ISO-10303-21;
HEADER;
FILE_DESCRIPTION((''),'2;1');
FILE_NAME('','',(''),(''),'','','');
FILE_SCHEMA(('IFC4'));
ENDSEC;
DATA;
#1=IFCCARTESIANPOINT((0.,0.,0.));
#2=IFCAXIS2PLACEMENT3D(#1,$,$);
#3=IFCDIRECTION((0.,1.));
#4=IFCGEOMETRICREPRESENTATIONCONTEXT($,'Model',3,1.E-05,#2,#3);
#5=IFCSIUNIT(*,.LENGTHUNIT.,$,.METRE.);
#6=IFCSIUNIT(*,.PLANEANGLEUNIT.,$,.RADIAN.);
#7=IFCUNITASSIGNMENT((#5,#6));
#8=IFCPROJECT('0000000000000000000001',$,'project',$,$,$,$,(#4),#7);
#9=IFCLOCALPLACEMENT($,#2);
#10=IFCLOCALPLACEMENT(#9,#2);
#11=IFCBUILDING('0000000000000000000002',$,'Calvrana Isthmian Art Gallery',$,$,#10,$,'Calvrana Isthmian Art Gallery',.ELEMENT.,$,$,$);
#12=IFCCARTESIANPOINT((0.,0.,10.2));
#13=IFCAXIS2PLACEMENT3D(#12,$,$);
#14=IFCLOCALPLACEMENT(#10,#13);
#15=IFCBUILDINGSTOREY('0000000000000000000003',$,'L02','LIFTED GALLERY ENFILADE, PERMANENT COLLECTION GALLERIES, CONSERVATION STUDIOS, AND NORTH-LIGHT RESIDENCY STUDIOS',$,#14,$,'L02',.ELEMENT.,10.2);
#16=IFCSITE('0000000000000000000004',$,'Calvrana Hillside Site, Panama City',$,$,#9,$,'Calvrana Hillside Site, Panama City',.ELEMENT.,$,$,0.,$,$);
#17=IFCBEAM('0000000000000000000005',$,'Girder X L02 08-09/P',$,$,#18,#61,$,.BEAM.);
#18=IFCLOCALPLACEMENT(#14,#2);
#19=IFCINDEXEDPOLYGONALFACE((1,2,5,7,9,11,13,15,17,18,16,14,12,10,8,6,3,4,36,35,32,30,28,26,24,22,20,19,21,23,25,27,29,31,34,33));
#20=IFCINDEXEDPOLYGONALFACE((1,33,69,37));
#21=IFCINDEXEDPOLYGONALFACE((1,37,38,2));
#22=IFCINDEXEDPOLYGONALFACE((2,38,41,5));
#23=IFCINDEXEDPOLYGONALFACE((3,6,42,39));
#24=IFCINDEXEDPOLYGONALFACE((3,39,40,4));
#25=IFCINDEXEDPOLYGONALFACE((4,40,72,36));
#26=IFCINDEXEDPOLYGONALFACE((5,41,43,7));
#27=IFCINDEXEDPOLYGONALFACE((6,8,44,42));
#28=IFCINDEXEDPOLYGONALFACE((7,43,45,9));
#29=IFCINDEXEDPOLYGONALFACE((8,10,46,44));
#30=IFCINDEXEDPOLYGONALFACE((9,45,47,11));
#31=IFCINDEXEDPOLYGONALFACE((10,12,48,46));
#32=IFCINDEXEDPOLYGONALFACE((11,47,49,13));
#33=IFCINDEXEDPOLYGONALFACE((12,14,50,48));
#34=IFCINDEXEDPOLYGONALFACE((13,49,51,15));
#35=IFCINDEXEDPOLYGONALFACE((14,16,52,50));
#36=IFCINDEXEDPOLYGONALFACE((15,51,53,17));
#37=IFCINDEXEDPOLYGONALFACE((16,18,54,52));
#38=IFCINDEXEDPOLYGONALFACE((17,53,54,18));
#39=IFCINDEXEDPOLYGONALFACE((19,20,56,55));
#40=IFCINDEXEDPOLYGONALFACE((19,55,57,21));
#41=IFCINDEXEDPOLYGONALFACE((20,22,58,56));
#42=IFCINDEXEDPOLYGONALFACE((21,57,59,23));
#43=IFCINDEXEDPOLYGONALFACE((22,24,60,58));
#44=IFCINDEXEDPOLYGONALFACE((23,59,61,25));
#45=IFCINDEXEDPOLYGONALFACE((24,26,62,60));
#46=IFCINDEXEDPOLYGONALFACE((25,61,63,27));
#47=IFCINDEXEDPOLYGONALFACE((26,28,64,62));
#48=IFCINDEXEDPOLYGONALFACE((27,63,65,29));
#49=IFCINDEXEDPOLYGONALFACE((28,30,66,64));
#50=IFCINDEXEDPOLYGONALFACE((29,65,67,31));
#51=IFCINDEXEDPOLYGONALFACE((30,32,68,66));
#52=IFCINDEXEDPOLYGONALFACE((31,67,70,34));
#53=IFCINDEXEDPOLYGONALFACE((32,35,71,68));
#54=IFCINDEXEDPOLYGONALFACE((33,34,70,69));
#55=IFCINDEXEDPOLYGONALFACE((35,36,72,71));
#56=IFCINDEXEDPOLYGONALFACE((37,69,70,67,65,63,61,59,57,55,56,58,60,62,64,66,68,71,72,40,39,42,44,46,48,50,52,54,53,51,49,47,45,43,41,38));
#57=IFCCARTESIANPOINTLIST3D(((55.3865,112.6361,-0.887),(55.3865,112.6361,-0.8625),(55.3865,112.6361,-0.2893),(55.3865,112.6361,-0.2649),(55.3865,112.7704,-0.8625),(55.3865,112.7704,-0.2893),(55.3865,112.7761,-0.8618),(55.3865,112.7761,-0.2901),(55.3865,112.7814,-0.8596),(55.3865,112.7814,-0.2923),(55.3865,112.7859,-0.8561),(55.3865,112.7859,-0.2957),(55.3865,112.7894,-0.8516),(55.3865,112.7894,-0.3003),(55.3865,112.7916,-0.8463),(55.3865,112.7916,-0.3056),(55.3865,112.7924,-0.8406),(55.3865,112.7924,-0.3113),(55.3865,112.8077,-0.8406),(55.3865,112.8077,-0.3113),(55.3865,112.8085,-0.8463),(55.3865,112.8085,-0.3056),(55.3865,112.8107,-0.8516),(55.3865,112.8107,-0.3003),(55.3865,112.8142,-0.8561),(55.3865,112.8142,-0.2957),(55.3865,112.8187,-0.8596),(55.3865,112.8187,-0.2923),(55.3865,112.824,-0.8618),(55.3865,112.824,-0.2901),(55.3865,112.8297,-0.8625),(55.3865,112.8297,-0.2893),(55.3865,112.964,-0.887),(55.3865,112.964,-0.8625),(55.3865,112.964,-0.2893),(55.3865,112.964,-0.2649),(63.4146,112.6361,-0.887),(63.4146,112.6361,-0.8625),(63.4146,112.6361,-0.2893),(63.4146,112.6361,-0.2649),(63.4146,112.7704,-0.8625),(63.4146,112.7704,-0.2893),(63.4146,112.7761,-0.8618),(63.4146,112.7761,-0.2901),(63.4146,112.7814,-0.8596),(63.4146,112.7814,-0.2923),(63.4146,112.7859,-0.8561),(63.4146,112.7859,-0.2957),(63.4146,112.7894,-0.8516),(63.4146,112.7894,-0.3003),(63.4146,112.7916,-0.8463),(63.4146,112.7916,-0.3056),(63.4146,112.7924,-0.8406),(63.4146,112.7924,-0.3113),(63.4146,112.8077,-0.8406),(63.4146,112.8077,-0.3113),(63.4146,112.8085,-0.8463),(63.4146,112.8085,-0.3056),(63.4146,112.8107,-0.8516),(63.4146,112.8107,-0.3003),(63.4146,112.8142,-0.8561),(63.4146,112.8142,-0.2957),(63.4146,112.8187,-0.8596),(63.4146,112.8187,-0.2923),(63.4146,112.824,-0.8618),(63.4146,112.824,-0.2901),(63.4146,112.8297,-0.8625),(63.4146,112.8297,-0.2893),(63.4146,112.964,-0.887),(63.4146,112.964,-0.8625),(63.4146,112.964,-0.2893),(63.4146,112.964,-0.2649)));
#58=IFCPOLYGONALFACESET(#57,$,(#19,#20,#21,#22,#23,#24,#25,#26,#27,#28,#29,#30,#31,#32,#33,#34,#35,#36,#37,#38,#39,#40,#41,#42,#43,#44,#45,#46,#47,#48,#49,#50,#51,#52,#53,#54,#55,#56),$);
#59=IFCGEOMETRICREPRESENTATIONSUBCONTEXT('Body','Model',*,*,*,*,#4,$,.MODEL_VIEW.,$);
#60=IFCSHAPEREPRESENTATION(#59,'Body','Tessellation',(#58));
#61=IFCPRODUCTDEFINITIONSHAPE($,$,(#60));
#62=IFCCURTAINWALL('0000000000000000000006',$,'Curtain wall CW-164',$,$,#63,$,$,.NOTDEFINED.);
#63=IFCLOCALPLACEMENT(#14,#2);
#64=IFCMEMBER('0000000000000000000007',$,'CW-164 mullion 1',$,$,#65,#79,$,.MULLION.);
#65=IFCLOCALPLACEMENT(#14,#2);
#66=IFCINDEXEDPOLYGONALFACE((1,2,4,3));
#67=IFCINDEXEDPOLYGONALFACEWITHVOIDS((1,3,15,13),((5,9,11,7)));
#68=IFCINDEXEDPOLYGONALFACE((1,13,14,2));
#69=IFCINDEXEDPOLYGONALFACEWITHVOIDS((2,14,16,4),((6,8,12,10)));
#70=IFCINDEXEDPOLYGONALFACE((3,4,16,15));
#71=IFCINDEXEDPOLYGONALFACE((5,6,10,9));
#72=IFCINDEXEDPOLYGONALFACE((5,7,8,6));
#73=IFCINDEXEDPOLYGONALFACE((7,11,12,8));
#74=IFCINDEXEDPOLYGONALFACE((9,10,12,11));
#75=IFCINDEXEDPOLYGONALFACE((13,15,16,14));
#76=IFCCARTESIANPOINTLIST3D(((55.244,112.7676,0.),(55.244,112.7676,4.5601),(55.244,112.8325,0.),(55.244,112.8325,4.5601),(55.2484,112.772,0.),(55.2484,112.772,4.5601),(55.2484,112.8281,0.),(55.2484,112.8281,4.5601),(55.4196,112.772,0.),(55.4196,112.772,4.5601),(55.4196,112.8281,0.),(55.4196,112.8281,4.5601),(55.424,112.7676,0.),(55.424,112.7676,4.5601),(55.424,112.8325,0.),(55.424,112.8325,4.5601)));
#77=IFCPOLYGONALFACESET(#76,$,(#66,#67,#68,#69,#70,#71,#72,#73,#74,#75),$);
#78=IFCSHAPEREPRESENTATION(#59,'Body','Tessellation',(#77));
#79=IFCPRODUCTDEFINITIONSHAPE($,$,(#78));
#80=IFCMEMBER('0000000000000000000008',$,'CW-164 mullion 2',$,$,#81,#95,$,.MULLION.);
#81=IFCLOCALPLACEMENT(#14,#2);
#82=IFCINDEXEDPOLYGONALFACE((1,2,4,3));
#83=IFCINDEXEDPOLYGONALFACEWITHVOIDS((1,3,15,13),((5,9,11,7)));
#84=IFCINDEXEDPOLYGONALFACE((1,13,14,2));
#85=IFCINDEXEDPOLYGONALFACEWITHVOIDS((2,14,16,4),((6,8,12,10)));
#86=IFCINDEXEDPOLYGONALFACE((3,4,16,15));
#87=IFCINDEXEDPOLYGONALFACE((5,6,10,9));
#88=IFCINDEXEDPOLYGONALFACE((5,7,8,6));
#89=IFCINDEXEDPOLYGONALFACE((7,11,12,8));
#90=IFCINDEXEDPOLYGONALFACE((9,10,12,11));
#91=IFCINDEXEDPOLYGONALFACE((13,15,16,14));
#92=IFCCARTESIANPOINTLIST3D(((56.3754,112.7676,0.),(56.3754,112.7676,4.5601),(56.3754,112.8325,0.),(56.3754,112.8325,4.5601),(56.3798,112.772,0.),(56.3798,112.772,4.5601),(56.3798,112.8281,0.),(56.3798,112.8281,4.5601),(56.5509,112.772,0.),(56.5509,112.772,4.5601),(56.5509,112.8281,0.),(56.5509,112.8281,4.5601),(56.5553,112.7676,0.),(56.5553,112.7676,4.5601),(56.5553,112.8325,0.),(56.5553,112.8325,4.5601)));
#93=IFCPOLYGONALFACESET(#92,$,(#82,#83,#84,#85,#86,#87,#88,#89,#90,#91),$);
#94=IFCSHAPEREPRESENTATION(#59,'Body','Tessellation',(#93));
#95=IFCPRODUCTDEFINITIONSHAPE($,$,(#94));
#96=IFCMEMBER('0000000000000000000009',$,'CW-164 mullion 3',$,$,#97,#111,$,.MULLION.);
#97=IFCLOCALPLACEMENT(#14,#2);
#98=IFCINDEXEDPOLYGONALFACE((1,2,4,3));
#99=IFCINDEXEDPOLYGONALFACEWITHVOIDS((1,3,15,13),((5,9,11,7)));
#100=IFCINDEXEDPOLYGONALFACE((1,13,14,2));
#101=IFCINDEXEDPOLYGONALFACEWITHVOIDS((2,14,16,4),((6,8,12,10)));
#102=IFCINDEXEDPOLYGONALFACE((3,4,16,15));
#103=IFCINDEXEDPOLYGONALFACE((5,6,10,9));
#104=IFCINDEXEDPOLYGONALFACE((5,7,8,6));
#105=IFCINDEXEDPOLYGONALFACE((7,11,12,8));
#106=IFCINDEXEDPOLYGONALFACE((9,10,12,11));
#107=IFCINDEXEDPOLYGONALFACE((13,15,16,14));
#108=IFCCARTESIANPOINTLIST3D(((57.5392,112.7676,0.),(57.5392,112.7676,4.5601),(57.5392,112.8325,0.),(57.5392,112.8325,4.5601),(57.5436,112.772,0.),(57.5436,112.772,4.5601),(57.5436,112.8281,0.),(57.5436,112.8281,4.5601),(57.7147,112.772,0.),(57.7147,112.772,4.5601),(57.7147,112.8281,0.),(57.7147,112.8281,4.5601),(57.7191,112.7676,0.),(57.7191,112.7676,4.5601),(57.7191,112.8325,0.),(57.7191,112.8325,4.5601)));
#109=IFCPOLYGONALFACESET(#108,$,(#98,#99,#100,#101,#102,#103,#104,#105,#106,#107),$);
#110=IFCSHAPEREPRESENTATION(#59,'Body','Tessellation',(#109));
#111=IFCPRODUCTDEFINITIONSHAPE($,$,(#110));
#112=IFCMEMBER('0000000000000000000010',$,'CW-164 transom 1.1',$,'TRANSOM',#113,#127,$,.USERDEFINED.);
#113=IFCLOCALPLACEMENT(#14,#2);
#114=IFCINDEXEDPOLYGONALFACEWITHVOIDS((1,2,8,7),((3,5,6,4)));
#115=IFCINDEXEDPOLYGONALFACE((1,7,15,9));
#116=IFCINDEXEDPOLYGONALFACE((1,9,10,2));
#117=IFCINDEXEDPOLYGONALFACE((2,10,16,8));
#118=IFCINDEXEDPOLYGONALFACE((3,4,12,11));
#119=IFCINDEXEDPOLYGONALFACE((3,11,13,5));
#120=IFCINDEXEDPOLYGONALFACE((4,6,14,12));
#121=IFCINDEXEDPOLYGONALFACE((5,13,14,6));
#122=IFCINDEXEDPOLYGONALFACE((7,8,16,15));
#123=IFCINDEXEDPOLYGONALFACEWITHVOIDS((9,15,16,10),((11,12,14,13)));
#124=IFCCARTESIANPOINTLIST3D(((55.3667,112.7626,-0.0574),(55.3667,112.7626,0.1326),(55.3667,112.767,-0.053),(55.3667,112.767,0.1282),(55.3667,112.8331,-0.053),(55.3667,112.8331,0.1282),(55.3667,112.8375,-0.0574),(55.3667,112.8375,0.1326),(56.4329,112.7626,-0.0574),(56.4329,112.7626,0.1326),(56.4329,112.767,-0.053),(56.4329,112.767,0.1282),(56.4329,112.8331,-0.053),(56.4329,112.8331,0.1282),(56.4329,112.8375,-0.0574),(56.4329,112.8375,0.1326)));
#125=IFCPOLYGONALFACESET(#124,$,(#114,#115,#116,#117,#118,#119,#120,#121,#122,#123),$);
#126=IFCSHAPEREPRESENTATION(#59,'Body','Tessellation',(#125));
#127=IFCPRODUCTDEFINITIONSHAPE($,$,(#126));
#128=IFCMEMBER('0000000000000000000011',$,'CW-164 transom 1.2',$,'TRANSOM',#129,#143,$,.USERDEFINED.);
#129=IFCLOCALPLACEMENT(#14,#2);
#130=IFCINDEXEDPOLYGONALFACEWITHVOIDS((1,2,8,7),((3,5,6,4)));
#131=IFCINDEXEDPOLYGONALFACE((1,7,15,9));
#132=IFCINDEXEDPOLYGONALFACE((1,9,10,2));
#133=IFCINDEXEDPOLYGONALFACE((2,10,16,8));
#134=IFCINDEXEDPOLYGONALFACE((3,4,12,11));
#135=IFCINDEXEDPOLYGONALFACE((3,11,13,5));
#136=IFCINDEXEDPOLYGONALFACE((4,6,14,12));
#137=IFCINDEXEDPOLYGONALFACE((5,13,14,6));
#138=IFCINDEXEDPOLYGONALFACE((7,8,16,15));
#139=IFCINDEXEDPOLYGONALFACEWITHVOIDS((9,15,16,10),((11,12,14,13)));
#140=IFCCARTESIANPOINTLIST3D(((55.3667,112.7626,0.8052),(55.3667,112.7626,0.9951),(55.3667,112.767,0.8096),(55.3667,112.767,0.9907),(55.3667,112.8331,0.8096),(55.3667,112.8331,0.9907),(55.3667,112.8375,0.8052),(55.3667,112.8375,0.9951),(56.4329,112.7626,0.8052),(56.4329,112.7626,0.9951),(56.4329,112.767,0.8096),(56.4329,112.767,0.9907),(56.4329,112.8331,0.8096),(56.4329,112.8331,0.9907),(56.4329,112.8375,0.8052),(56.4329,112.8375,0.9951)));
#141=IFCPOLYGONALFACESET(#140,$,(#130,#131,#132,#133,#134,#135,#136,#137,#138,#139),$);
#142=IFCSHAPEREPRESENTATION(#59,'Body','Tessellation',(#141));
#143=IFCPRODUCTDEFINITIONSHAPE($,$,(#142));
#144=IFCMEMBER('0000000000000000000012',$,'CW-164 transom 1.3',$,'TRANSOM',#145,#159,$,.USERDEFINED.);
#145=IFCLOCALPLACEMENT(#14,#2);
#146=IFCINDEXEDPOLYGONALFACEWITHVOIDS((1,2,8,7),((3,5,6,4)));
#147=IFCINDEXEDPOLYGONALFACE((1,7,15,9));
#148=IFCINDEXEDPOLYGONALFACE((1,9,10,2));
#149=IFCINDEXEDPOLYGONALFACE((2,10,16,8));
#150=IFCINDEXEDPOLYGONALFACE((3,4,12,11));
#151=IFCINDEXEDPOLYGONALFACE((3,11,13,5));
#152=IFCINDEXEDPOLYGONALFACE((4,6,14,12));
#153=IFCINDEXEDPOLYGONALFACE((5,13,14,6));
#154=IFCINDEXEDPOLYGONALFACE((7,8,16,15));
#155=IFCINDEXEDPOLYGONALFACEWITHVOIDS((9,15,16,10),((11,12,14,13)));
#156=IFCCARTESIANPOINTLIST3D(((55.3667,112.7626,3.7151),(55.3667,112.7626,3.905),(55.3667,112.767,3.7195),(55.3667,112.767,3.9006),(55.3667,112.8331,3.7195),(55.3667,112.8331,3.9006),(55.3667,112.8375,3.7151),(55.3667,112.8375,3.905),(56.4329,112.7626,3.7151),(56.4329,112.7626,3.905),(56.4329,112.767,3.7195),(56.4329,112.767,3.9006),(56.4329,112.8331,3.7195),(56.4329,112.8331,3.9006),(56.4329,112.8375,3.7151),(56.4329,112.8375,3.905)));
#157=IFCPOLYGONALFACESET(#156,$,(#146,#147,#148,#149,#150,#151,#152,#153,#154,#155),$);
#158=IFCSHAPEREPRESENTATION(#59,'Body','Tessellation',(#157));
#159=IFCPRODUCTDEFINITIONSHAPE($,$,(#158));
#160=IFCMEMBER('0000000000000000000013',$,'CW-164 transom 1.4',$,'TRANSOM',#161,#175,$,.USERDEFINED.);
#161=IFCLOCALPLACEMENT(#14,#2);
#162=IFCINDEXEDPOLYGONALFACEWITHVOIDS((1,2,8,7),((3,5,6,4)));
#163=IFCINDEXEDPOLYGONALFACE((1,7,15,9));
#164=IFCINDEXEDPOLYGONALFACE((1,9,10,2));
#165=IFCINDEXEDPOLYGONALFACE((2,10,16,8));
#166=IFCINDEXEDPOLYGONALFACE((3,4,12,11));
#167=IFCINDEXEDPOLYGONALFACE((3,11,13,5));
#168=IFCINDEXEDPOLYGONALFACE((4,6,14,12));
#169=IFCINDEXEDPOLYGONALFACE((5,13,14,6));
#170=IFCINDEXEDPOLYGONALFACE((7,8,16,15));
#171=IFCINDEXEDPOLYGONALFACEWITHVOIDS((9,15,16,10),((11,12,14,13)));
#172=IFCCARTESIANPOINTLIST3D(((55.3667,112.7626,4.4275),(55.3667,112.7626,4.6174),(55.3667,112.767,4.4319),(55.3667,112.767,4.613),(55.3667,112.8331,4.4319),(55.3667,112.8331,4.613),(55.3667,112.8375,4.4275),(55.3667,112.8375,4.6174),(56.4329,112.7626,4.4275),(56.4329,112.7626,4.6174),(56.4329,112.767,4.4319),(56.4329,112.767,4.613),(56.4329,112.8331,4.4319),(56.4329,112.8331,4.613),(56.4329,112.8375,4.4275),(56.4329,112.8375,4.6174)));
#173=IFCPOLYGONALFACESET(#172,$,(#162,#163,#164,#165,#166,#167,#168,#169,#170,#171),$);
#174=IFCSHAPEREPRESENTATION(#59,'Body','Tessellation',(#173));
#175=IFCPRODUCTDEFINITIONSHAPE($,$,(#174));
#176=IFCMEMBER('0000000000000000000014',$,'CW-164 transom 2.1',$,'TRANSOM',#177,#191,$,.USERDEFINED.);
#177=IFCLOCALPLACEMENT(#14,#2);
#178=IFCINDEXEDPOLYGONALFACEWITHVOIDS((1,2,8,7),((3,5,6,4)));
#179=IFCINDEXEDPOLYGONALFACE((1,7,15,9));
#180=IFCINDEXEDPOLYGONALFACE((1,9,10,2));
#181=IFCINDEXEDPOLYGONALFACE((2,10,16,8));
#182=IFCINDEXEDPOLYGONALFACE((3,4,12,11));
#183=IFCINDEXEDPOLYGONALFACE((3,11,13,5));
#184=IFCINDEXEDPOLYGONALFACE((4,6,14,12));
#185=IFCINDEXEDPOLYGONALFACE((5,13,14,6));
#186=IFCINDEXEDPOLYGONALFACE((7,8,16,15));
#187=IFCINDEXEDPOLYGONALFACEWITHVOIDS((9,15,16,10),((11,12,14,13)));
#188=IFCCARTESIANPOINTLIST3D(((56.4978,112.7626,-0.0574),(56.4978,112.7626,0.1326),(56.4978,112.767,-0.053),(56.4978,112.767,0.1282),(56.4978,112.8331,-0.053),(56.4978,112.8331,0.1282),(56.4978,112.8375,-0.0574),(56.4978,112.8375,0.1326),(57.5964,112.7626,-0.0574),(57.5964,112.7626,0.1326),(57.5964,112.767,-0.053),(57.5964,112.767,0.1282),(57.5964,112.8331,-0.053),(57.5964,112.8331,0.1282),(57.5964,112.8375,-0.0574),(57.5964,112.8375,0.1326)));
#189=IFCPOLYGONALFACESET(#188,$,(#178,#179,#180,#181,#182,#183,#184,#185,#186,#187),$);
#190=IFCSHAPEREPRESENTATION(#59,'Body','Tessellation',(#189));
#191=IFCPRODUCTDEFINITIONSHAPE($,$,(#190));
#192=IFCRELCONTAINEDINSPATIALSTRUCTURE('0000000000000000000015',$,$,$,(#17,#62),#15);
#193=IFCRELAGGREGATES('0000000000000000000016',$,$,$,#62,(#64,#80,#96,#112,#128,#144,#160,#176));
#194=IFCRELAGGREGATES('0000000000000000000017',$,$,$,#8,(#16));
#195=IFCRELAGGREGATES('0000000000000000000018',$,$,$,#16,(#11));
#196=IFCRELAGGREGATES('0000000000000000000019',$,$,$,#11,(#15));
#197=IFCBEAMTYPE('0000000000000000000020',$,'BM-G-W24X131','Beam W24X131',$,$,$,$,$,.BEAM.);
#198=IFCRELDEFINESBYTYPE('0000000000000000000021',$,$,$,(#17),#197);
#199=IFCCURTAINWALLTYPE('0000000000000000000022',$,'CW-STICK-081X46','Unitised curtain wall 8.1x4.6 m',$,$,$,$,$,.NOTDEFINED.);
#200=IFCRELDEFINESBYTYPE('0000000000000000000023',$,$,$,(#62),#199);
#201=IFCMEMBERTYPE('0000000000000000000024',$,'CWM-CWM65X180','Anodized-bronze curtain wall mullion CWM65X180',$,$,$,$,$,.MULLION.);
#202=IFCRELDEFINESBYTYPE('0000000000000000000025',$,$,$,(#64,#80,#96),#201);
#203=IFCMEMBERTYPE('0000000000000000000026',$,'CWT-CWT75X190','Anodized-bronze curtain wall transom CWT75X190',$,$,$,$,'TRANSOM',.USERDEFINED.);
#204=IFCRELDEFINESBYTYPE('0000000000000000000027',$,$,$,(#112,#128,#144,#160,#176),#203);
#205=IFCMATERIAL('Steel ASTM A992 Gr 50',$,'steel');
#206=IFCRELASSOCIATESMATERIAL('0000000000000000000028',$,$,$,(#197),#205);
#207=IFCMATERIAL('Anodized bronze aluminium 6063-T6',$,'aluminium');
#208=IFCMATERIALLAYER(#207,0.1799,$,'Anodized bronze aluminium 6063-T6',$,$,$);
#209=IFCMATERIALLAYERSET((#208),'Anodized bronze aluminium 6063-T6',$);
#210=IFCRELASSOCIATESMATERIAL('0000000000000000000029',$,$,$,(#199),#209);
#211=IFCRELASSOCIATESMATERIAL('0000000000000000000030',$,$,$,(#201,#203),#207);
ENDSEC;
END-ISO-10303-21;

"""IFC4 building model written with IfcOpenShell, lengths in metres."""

from ifc_helpers import new_model, si_unit, direction, frame, origin, origin_2d, place, context, subcontext, project, spatial, hollow_rectangle, i_section, extrude, material, layer, layer_set, material_profile, profile_set, type_object, element, aggregate, save


model = new_model("IFC4")

# Units and contexts
model_context = context("Model", 3, precision=1e-05, world=origin(), true_north=direction((0.0, 1.0)))
body_context = subcontext(model_context, "Body", "Model", "MODEL_VIEW")
ifc_project = project(units=[si_unit("LENGTHUNIT", "METRE"), si_unit("PLANEANGLEUNIT", "RADIAN")], contexts=[model_context])

# Site, building, storey
site_placement = place(None, origin())
site = spatial("IfcSite", under=ifc_project, at=site_placement, Name="Calvrana Hillside Site, Panama City", LongName="Calvrana Hillside Site, Panama City", CompositionType="ELEMENT", RefElevation=0.0)
building_placement = place(site_placement, origin())
building = spatial("IfcBuilding", under=site, at=building_placement, Name="Calvrana Isthmian Art Gallery", LongName="Calvrana Isthmian Art Gallery", CompositionType="ELEMENT")
storey_placement = place(building_placement, frame((0.0, 0.0, 10.2)))
storey = spatial("IfcBuildingStorey", under=building, at=storey_placement, Name="L02", Description="LIFTED GALLERY ENFILADE, PERMANENT COLLECTION GALLERIES, CONSERVATION STUDIOS, AND NORTH-LIGHT RESIDENCY STUDIOS", LongName="L02", CompositionType="ELEMENT", Elevation=10.2)

# Beam
ifc_material_1 = material(Name="Steel ASTM A992 Gr 50", Category="steel")
ifc_material_profile_1 = material_profile(ifc_material_1, i_section(OverallWidth=0.3279, OverallDepth=0.6221, WebThickness=0.0154, FlangeThickness=0.0244, FilletRadius=0.022, at=origin_2d()), Name="W24X131")
ifc_profile_set_1 = profile_set([ifc_material_profile_1], Name="Steel ASTM A992 Gr 50")
beam_type = type_object("IfcBeamType", Name="BM-G-W24X131", Description="Beam W24X131", PredefinedType="BEAM", material=ifc_profile_set_1)
beam_placement = place(storey_placement, frame((55.3865, 112.8, -0.5759), z_axis=(1.0, 0.0, 0.0), x_axis=(0.0, 1.0, 0.0)))
element("IfcBeam", 1, at=beam_placement, inside=storey, type_object=beam_type, Name="Girder X L02 08-09/P", PredefinedType="BEAM", context=body_context, shape_type="SweptSolid", body=[
    extrude(i_section(OverallWidth=0.3279, OverallDepth=0.6221, WebThickness=0.0154, FlangeThickness=0.0244, FilletRadius=0.022, at=origin_2d()), origin(), (0.0, 0.0, 1.0), 8.0281),
])

# Curtain wall, members
ifc_material_2 = material(Name="Anodized bronze aluminium 6063-T6", Category="aluminium")
ifc_layer_1 = layer(ifc_material_2, 0.1799, Name="Anodized bronze aluminium 6063-T6")
ifc_layer_set_1 = layer_set([ifc_layer_1], Name="Anodized bronze aluminium 6063-T6")
curtain_wall_type = type_object("IfcCurtainWallType", Name="CW-STICK-081X46", Description="Unitised curtain wall 8.1x4.6 m", PredefinedType="NOTDEFINED", material=ifc_layer_set_1)
curtain_wall_placement = place(storey_placement, origin())
curtain_wall = element("IfcCurtainWall", 2, at=curtain_wall_placement, inside=storey, type_object=curtain_wall_type, Name="Curtain wall CW-164", PredefinedType="NOTDEFINED")
ifc_material_profile_2 = material_profile(ifc_material_2, hollow_rectangle(XDim=0.0649, YDim=0.1799, WallThickness=0.0044, at=origin_2d()), Name="CWM65X180")
ifc_profile_set_2 = profile_set([ifc_material_profile_2], Name="Anodized bronze aluminium 6063-T6")
member_type_1 = type_object("IfcMemberType", Name="CWM-CWM65X180", Description="Anodized-bronze curtain wall mullion CWM65X180", PredefinedType="MULLION", material=ifc_profile_set_2)
member_1_placement = place(storey_placement, frame((55.334, 112.8, 0.0), z_axis=(0.0, 0.0, 1.0), x_axis=(0.0, 1.0, 0.0)))
member_1 = element("IfcMember", 3, at=member_1_placement, type_object=member_type_1, Name="CW-164 mullion 1", PredefinedType="MULLION", context=body_context, shape_type="SweptSolid", body=[
    extrude(hollow_rectangle(XDim=0.0649, YDim=0.1799, WallThickness=0.0044, at=origin_2d()), origin(), (0.0, 0.0, 1.0), 4.5601),
])
member_2_placement = place(storey_placement, frame((56.4653, 112.8, 0.0), z_axis=(0.0, 0.0, 1.0), x_axis=(0.0, 1.0, 0.0)))
member_2 = element("IfcMember", 4, at=member_2_placement, type_object=member_type_1, Name="CW-164 mullion 2", PredefinedType="MULLION", context=body_context, shape_type="SweptSolid", body=[
    extrude(hollow_rectangle(XDim=0.0649, YDim=0.1799, WallThickness=0.0044, at=origin_2d()), origin(), (0.0, 0.0, 1.0), 4.5601),
])
member_3_placement = place(storey_placement, frame((57.6292, 112.8, 0.0), z_axis=(0.0, 0.0, 1.0), x_axis=(0.0, 1.0, 0.0)))
member_3 = element("IfcMember", 5, at=member_3_placement, type_object=member_type_1, Name="CW-164 mullion 3", PredefinedType="MULLION", context=body_context, shape_type="SweptSolid", body=[
    extrude(hollow_rectangle(XDim=0.0649, YDim=0.1799, WallThickness=0.0044, at=origin_2d()), origin(), (0.0, 0.0, 1.0), 4.5601),
])
ifc_material_profile_3 = material_profile(ifc_material_2, hollow_rectangle(XDim=0.075, YDim=0.1899, WallThickness=0.0044, at=origin_2d()), Name="CWT75X190")
ifc_profile_set_3 = profile_set([ifc_material_profile_3], Name="Anodized bronze aluminium 6063-T6")
member_type_2 = type_object("IfcMemberType", Name="CWT-CWT75X190", Description="Anodized-bronze curtain wall transom CWT75X190", ElementType="TRANSOM", PredefinedType="USERDEFINED", material=ifc_profile_set_3)
member_4_placement = place(storey_placement, frame((55.3667, 112.8, 0.0376), z_axis=(1.0, 0.0, 0.0), x_axis=(0.0, 1.0, 0.0)))
member_4 = element("IfcMember", 6, at=member_4_placement, type_object=member_type_2, Name="CW-164 transom 1.1", ObjectType="TRANSOM", PredefinedType="USERDEFINED", context=body_context, shape_type="SweptSolid", body=[
    extrude(hollow_rectangle(XDim=0.075, YDim=0.1899, WallThickness=0.0044, at=origin_2d()), origin(), (0.0, 0.0, 1.0), 1.0662),
])
member_5_placement = place(storey_placement, frame((55.3667, 112.8, 0.9001), z_axis=(1.0, 0.0, 0.0), x_axis=(0.0, 1.0, 0.0)))
member_5 = element("IfcMember", 7, at=member_5_placement, type_object=member_type_2, Name="CW-164 transom 1.2", ObjectType="TRANSOM", PredefinedType="USERDEFINED", context=body_context, shape_type="SweptSolid", body=[
    extrude(hollow_rectangle(XDim=0.075, YDim=0.1899, WallThickness=0.0044, at=origin_2d()), origin(), (0.0, 0.0, 1.0), 1.0662),
])
member_6_placement = place(storey_placement, frame((55.3667, 112.8, 3.8101), z_axis=(1.0, 0.0, 0.0), x_axis=(0.0, 1.0, 0.0)))
member_6 = element("IfcMember", 8, at=member_6_placement, type_object=member_type_2, Name="CW-164 transom 1.3", ObjectType="TRANSOM", PredefinedType="USERDEFINED", context=body_context, shape_type="SweptSolid", body=[
    extrude(hollow_rectangle(XDim=0.075, YDim=0.1899, WallThickness=0.0044, at=origin_2d()), origin(), (0.0, 0.0, 1.0), 1.0662),
])
member_7_placement = place(storey_placement, frame((55.3667, 112.8, 4.5225), z_axis=(1.0, 0.0, 0.0), x_axis=(0.0, 1.0, 0.0)))
member_7 = element("IfcMember", 9, at=member_7_placement, type_object=member_type_2, Name="CW-164 transom 1.4", ObjectType="TRANSOM", PredefinedType="USERDEFINED", context=body_context, shape_type="SweptSolid", body=[
    extrude(hollow_rectangle(XDim=0.075, YDim=0.1899, WallThickness=0.0044, at=origin_2d()), origin(), (0.0, 0.0, 1.0), 1.0662),
])
member_8_placement = place(storey_placement, frame((56.4978, 112.8, 0.0376), z_axis=(1.0, 0.0, 0.0), x_axis=(0.0, 1.0, 0.0)))
member_8 = element("IfcMember", 10, at=member_8_placement, type_object=member_type_2, Name="CW-164 transom 2.1", ObjectType="TRANSOM", PredefinedType="USERDEFINED", context=body_context, shape_type="SweptSolid", body=[
    extrude(hollow_rectangle(XDim=0.075, YDim=0.1899, WallThickness=0.0044, at=origin_2d()), origin(), (0.0, 0.0, 1.0), 1.0986),
])
aggregate(curtain_wall, [member_1, member_2, member_3, member_4, member_5, member_6, member_7, member_8])

save(model, "model.ifc")
